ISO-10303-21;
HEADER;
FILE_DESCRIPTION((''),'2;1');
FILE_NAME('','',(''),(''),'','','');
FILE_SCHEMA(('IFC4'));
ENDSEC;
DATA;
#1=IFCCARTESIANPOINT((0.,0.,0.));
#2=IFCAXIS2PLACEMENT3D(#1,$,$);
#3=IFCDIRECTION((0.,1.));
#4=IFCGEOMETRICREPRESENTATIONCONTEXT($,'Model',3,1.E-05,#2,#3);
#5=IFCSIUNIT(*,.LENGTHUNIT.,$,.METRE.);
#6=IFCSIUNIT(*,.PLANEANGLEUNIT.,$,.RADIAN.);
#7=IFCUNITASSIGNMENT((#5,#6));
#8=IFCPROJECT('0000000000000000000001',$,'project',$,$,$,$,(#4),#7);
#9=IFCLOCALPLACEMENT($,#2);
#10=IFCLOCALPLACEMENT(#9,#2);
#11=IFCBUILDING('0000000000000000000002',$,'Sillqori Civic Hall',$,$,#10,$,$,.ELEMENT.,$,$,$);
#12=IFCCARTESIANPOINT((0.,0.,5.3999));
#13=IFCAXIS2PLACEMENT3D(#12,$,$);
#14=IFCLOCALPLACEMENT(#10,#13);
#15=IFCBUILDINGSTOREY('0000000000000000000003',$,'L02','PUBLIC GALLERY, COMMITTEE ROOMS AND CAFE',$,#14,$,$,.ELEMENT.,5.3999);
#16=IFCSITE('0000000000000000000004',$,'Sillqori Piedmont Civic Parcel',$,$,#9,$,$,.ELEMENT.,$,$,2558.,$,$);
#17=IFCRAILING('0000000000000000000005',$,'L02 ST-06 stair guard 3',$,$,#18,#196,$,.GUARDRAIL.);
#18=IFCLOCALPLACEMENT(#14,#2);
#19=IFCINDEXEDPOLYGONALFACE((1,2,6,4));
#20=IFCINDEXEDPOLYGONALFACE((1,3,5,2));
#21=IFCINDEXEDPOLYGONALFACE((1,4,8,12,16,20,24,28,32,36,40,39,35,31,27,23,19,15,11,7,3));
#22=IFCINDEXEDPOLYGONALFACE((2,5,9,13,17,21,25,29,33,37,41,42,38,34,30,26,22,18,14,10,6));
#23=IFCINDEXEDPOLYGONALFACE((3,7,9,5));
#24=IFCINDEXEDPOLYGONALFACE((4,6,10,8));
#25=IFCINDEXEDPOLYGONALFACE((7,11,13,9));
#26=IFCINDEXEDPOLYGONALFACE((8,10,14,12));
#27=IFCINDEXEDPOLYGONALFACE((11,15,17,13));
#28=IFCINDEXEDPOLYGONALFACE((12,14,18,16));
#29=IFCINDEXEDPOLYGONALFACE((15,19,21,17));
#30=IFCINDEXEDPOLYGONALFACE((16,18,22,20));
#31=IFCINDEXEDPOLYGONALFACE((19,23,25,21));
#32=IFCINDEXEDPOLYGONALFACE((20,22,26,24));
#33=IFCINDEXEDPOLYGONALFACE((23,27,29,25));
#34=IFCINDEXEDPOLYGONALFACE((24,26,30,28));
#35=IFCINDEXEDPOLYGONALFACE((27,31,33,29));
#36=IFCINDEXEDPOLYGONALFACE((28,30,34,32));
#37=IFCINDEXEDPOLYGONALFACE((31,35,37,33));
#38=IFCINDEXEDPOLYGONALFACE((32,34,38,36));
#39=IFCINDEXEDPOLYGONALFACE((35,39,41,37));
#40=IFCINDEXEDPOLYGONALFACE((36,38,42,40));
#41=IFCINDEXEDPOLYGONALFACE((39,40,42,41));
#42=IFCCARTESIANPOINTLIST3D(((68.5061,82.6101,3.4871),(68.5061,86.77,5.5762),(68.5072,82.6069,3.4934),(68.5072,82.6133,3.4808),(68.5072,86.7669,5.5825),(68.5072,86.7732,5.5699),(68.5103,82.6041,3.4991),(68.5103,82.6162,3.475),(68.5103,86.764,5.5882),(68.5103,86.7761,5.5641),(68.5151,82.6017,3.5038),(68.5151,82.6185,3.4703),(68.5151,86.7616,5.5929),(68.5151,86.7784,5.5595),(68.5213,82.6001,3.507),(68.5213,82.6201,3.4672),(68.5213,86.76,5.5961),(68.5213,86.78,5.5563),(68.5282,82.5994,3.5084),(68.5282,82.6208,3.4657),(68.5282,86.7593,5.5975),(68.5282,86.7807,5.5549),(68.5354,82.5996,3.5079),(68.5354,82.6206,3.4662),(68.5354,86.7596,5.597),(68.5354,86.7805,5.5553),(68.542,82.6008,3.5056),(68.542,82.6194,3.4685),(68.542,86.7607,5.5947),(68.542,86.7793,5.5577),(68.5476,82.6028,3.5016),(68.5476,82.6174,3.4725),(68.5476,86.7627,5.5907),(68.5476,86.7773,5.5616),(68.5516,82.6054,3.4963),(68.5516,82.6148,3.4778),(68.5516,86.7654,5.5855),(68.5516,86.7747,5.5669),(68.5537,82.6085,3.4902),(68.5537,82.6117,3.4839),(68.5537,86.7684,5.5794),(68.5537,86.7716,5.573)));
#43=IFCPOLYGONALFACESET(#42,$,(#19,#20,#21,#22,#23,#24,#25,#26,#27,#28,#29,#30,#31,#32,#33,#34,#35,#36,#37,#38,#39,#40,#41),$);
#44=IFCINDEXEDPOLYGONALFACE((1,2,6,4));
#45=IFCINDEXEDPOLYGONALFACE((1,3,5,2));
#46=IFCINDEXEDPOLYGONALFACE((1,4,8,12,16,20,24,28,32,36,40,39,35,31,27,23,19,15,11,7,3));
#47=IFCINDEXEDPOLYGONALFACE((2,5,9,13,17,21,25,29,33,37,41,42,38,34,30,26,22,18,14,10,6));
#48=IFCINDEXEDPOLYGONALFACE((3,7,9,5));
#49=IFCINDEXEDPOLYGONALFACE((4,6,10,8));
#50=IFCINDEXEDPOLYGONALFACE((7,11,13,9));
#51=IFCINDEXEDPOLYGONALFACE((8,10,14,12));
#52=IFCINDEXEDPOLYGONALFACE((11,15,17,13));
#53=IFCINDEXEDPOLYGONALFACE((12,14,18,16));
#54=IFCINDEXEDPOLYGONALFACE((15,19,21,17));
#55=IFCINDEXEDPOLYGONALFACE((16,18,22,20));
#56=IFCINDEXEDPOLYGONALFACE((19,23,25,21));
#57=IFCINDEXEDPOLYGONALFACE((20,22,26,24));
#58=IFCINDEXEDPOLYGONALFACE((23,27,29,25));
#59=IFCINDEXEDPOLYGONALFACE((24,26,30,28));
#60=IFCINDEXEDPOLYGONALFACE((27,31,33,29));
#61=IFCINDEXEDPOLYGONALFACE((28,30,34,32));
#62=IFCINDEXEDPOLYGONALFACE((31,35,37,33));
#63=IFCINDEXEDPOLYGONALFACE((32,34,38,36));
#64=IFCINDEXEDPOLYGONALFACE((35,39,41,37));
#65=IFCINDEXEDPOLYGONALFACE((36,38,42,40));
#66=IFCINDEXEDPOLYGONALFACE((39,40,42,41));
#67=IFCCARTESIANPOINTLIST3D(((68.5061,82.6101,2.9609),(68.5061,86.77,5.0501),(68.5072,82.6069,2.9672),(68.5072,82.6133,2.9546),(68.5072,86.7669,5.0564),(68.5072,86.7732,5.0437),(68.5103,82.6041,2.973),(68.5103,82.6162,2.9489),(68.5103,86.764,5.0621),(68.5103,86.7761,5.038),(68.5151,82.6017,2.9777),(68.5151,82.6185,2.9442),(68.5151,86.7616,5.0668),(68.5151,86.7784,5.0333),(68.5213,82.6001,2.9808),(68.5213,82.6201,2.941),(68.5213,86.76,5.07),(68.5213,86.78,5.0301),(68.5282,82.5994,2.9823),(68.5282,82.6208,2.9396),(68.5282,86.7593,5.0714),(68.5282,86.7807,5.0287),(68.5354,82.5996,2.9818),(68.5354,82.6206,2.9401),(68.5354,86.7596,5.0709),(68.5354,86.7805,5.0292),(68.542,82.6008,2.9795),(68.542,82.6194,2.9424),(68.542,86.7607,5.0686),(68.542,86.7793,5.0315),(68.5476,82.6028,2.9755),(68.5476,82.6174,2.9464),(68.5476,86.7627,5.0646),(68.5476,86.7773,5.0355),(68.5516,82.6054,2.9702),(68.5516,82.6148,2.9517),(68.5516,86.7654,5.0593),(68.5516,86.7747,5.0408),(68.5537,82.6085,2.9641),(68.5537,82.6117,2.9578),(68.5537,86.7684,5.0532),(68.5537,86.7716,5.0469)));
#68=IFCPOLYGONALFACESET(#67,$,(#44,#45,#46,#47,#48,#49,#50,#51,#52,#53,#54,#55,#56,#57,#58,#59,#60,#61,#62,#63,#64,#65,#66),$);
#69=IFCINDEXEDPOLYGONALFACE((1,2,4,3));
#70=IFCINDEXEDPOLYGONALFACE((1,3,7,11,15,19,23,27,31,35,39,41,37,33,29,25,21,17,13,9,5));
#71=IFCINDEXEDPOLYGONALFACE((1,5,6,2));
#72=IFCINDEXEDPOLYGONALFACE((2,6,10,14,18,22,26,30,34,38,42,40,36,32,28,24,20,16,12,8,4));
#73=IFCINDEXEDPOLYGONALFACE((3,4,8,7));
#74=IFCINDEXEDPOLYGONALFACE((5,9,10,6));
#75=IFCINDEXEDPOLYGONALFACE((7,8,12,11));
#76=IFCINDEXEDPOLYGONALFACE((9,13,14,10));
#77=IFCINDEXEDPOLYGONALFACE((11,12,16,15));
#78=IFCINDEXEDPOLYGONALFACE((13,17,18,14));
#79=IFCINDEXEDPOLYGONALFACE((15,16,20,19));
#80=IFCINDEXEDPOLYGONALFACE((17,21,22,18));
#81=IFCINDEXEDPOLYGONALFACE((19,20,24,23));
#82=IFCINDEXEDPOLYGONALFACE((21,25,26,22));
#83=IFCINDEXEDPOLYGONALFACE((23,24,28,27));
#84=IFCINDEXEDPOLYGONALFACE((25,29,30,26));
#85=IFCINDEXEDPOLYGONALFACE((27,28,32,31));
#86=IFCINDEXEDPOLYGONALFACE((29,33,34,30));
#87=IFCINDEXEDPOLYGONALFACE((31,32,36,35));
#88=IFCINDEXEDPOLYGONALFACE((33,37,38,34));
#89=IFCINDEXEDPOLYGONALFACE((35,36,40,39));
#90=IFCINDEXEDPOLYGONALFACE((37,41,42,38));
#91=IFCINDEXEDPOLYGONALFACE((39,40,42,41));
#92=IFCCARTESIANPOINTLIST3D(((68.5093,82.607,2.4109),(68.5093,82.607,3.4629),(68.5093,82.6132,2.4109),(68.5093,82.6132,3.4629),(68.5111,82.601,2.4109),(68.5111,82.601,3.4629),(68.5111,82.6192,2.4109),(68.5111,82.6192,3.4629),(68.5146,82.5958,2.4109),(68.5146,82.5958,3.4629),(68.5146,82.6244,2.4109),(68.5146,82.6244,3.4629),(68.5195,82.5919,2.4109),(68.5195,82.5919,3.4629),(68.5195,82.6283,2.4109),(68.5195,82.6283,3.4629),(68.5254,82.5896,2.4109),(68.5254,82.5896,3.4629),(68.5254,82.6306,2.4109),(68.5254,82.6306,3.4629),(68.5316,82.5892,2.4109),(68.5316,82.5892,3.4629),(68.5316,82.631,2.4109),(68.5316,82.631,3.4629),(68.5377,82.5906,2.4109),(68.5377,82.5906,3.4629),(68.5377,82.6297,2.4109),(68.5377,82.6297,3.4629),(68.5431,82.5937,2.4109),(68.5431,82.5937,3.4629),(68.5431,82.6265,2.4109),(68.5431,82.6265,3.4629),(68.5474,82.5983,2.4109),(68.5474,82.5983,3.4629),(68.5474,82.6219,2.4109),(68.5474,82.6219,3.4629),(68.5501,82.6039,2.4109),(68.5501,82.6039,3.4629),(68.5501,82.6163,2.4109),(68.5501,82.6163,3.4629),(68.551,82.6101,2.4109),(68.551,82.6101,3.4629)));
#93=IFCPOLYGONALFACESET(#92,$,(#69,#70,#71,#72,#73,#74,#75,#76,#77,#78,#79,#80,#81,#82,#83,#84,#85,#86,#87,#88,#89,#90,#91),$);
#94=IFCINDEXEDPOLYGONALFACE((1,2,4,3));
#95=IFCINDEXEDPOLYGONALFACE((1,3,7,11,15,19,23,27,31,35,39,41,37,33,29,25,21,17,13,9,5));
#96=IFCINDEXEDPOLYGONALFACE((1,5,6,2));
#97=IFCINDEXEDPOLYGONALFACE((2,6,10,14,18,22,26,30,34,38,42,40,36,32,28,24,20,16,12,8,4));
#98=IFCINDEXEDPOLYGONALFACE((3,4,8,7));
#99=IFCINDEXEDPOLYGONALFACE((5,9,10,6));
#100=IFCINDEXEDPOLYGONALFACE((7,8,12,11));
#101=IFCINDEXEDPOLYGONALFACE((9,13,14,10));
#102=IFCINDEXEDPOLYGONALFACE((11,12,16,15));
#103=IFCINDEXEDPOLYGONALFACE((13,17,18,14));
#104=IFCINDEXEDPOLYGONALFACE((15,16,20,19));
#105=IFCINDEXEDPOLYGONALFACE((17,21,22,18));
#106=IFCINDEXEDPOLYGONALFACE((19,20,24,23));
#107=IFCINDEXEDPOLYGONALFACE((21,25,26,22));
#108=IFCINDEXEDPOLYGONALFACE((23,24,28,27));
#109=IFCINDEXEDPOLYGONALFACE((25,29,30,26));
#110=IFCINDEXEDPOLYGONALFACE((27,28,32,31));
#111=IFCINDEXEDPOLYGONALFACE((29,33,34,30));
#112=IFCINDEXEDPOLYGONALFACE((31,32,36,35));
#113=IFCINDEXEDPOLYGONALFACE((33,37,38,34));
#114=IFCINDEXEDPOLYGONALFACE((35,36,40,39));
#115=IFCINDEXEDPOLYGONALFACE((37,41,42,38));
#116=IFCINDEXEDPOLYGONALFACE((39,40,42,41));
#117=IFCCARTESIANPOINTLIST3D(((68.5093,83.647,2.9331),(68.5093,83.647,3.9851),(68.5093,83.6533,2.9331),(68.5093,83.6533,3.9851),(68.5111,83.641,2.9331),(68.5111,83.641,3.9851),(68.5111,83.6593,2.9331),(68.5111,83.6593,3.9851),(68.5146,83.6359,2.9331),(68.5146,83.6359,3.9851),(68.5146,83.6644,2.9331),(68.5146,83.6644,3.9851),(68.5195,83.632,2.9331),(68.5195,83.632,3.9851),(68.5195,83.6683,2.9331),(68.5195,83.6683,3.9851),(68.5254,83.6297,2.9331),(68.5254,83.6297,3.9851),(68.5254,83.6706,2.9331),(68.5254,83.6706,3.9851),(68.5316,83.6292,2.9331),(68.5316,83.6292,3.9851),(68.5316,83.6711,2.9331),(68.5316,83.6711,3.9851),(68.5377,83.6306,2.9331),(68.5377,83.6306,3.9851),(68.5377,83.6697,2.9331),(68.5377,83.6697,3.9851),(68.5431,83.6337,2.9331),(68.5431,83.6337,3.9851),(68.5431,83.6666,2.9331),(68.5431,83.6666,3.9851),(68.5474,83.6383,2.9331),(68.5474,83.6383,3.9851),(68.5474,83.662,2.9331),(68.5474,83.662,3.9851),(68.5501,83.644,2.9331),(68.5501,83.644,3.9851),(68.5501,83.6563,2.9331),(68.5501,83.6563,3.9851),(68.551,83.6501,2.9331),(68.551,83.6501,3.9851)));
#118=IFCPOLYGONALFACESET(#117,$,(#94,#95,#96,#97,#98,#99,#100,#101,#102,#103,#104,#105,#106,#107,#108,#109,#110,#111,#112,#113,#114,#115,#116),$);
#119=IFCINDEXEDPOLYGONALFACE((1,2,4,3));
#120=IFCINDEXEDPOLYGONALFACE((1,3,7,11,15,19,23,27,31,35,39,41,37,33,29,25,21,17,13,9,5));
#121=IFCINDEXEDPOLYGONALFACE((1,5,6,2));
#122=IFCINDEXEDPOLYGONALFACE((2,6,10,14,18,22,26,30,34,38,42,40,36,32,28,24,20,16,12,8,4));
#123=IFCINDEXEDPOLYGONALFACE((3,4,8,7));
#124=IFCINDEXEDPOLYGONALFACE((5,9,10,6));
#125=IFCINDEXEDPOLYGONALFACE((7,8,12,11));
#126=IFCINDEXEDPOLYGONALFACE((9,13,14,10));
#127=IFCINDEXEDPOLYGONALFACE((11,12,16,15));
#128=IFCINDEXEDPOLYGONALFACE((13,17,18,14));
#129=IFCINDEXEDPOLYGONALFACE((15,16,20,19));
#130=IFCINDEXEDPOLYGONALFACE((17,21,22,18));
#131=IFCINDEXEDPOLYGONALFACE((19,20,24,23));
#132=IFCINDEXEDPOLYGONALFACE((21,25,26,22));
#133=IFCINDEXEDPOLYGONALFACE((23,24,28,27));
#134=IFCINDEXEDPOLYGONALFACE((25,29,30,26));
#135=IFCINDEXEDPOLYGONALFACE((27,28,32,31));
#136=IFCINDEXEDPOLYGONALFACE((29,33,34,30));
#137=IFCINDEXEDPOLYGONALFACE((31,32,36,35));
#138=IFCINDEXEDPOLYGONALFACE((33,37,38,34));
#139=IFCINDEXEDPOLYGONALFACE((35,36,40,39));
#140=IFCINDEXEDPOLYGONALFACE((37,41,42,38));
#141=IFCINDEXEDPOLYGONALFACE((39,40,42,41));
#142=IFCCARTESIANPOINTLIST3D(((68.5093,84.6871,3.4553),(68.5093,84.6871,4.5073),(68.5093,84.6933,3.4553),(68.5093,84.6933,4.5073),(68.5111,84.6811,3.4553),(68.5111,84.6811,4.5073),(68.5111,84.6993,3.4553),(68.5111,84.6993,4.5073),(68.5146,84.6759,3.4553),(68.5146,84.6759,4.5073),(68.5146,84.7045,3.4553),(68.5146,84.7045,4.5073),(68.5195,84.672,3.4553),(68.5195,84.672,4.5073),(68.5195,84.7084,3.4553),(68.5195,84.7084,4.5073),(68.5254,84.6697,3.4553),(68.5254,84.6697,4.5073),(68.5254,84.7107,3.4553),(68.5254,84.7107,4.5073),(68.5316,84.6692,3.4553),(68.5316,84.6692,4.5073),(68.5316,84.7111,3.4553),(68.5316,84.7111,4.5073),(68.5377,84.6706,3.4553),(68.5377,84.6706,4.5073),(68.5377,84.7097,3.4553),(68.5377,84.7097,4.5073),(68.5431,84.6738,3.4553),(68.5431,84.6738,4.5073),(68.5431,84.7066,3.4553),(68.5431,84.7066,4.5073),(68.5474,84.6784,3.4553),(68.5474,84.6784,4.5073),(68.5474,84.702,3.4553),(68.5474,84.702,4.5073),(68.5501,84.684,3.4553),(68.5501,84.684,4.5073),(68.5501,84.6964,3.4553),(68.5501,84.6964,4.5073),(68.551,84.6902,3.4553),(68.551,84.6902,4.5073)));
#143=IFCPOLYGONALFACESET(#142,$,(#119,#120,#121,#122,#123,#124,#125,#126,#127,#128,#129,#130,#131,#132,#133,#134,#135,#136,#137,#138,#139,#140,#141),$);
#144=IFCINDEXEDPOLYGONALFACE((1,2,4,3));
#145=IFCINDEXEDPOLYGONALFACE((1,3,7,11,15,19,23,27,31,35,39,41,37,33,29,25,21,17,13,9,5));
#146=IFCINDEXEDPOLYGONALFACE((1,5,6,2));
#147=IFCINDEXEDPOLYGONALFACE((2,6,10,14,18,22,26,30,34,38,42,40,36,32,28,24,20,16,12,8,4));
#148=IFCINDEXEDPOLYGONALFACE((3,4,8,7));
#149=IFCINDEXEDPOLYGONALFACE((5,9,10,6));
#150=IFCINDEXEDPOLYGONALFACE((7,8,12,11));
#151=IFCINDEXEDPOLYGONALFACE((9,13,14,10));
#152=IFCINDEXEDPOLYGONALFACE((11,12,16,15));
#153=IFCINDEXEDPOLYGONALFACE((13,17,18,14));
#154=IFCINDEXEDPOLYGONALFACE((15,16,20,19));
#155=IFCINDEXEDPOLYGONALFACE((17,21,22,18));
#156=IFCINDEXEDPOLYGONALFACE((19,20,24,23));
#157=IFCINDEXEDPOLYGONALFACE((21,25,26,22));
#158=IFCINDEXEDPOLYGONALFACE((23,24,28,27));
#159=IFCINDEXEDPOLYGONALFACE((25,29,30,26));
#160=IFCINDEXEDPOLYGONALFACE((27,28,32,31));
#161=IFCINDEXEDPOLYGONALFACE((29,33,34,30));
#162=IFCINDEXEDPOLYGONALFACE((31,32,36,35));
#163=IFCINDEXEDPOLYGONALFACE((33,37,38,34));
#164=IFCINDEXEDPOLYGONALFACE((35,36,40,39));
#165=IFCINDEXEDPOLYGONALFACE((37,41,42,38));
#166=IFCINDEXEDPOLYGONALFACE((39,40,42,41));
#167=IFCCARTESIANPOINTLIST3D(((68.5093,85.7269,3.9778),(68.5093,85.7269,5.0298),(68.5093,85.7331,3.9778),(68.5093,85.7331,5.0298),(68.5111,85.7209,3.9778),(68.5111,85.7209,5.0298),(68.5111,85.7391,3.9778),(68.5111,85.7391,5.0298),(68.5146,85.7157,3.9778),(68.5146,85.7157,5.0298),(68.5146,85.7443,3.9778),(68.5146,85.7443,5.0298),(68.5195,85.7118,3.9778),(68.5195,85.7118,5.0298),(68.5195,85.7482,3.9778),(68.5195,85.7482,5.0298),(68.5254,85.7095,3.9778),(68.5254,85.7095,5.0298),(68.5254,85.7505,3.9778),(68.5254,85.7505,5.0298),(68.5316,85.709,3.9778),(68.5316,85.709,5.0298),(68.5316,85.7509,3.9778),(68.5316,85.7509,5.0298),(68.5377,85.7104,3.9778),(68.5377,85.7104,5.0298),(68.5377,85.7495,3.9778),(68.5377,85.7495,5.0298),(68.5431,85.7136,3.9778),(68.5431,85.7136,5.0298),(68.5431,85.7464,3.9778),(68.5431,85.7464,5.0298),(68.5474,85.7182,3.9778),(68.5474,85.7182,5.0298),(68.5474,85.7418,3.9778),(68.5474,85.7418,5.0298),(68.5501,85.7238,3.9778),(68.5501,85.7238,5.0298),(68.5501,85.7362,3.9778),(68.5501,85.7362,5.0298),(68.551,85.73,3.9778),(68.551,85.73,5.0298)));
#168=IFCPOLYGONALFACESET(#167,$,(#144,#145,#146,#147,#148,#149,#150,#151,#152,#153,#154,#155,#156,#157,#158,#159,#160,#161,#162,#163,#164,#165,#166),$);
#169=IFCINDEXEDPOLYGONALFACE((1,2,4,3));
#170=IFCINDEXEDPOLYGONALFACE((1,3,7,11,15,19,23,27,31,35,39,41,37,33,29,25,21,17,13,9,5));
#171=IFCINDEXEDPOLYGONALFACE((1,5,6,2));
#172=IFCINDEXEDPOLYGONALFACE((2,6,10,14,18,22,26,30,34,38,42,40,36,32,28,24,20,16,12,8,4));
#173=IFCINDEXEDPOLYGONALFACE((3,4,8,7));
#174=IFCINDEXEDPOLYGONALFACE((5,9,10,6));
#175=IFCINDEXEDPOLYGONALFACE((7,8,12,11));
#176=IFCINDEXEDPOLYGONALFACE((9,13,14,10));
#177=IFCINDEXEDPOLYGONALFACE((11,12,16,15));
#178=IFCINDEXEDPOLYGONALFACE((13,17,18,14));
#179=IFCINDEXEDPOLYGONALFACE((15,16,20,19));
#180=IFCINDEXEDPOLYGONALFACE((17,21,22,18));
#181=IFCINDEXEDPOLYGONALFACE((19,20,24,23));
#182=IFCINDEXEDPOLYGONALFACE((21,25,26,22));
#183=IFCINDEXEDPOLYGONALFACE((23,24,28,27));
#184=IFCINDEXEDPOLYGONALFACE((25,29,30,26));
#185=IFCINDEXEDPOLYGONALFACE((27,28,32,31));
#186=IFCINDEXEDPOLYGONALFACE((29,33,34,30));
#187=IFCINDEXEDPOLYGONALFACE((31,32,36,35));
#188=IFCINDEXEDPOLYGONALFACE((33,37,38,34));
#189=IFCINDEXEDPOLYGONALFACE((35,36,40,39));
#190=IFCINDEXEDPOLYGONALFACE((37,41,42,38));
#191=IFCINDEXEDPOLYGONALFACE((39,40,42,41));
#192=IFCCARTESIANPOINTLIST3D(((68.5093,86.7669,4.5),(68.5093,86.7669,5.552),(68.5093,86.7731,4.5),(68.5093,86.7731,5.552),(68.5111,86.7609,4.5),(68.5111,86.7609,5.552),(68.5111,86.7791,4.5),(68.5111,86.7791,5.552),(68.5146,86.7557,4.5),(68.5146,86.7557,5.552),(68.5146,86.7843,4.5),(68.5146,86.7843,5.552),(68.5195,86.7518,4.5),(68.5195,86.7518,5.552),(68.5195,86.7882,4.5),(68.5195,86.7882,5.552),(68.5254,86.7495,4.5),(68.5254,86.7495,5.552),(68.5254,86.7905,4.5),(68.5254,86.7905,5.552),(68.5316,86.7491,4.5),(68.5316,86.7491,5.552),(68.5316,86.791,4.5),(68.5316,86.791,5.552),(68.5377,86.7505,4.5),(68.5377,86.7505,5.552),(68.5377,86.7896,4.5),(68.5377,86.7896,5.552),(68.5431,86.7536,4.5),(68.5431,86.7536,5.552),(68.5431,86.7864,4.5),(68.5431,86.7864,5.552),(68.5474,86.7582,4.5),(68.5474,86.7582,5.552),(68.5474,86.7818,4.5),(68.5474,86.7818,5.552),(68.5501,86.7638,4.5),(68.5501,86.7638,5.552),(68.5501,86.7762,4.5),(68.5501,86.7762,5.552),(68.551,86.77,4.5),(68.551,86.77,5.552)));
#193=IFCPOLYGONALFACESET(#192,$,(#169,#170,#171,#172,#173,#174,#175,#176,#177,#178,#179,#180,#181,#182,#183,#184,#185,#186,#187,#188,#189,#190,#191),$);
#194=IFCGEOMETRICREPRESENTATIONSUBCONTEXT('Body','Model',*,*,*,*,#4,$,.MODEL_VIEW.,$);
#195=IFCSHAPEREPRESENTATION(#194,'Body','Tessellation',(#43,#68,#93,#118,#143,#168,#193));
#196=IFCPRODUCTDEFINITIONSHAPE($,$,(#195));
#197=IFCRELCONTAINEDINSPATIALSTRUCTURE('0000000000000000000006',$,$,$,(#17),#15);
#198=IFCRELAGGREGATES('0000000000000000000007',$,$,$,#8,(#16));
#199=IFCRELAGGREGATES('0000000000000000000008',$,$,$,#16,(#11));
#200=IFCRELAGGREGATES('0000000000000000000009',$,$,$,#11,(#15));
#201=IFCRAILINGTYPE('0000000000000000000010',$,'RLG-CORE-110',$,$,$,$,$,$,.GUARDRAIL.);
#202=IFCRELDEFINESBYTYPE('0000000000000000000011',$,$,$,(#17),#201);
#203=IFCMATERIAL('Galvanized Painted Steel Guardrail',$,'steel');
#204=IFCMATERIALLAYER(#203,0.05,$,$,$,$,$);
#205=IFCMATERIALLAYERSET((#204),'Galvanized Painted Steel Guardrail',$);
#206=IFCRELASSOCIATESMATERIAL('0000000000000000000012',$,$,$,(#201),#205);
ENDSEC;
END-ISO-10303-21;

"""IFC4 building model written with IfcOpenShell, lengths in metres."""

from ifc_helpers import new_model, si_unit, direction, frame, origin, origin_2d, place, context, subcontext, project, spatial, circle, extrude, material, layer, layer_set, type_object, element, save


model = new_model("IFC4")

# Units and contexts
model_context = context("Model", 3, precision=1e-05, world=origin(), true_north=direction((0.0, 1.0)))
body_context = subcontext(model_context, "Body", "Model", "MODEL_VIEW")
ifc_project = project(units=[si_unit("LENGTHUNIT", "METRE"), si_unit("PLANEANGLEUNIT", "RADIAN")], contexts=[model_context])

# Site, building, storey
site_placement = place(None, origin())
site = spatial("IfcSite", under=ifc_project, at=site_placement, Name="Sillqori Piedmont Civic Parcel", CompositionType="ELEMENT", RefElevation=2558.0)
building_placement = place(site_placement, origin())
building = spatial("IfcBuilding", under=site, at=building_placement, Name="Sillqori Civic Hall", CompositionType="ELEMENT")
storey_placement = place(building_placement, frame((0.0, 0.0, 5.3999)))
storey = spatial("IfcBuildingStorey", under=building, at=storey_placement, Name="L02", Description="PUBLIC GALLERY, COMMITTEE ROOMS AND CAFE", CompositionType="ELEMENT", Elevation=5.3999)

# Railing
ifc_material_1 = material(Name="Galvanized Painted Steel Guardrail", Category="steel")
ifc_layer_1 = layer(ifc_material_1, 0.05)
ifc_layer_set_1 = layer_set([ifc_layer_1], Name="Galvanized Painted Steel Guardrail")
railing_type_1 = type_object("IfcRailingType", Name="RLG-CORE-110", PredefinedType="GUARDRAIL", material=ifc_layer_set_1)
railing_1_placement = place(storey_placement, frame((68.53, 82.6101, 2.4109)))
element("IfcRailing", 1, at=railing_1_placement, inside=storey, type_object=railing_type_1, Name="L02 ST-06 stair guard 3", PredefinedType="GUARDRAIL", context=body_context, shape_type="SweptSolid", body=[
    extrude(circle(Radius=0.0239, at=origin_2d()), frame((0.0, 0.0, 1.0762), z_axis=(0.0, 0.893639, 0.448786), x_axis=(-1.0, 0.0, 0.0)), (0.0, 0.0, 1.0), 4.655),
    extrude(circle(Radius=0.0239, at=origin_2d()), frame((0.0, 0.0, 0.55), z_axis=(0.0, 0.893639, 0.448786), x_axis=(-1.0, 0.0, 0.0)), (0.0, 0.0, 1.0), 4.655),
    extrude(circle(Radius=0.021, at=origin_2d()), origin(), (0.0, 0.0, 1.0), 1.052),
    extrude(circle(Radius=0.021, at=origin_2d()), frame((0.0, 1.04, 0.5222)), (0.0, 0.0, 1.0), 1.052),
    extrude(circle(Radius=0.021, at=origin_2d()), frame((0.0, 2.0801, 1.0444)), (0.0, 0.0, 1.0), 1.052),
    extrude(circle(Radius=0.021, at=origin_2d()), frame((0.0, 3.1199, 1.5669)), (0.0, 0.0, 1.0), 1.052),
    extrude(circle(Radius=0.021, at=origin_2d()), frame((0.0, 4.1599, 2.0891)), (0.0, 0.0, 1.0), 1.052),
])

save(model, "model.ifc")
